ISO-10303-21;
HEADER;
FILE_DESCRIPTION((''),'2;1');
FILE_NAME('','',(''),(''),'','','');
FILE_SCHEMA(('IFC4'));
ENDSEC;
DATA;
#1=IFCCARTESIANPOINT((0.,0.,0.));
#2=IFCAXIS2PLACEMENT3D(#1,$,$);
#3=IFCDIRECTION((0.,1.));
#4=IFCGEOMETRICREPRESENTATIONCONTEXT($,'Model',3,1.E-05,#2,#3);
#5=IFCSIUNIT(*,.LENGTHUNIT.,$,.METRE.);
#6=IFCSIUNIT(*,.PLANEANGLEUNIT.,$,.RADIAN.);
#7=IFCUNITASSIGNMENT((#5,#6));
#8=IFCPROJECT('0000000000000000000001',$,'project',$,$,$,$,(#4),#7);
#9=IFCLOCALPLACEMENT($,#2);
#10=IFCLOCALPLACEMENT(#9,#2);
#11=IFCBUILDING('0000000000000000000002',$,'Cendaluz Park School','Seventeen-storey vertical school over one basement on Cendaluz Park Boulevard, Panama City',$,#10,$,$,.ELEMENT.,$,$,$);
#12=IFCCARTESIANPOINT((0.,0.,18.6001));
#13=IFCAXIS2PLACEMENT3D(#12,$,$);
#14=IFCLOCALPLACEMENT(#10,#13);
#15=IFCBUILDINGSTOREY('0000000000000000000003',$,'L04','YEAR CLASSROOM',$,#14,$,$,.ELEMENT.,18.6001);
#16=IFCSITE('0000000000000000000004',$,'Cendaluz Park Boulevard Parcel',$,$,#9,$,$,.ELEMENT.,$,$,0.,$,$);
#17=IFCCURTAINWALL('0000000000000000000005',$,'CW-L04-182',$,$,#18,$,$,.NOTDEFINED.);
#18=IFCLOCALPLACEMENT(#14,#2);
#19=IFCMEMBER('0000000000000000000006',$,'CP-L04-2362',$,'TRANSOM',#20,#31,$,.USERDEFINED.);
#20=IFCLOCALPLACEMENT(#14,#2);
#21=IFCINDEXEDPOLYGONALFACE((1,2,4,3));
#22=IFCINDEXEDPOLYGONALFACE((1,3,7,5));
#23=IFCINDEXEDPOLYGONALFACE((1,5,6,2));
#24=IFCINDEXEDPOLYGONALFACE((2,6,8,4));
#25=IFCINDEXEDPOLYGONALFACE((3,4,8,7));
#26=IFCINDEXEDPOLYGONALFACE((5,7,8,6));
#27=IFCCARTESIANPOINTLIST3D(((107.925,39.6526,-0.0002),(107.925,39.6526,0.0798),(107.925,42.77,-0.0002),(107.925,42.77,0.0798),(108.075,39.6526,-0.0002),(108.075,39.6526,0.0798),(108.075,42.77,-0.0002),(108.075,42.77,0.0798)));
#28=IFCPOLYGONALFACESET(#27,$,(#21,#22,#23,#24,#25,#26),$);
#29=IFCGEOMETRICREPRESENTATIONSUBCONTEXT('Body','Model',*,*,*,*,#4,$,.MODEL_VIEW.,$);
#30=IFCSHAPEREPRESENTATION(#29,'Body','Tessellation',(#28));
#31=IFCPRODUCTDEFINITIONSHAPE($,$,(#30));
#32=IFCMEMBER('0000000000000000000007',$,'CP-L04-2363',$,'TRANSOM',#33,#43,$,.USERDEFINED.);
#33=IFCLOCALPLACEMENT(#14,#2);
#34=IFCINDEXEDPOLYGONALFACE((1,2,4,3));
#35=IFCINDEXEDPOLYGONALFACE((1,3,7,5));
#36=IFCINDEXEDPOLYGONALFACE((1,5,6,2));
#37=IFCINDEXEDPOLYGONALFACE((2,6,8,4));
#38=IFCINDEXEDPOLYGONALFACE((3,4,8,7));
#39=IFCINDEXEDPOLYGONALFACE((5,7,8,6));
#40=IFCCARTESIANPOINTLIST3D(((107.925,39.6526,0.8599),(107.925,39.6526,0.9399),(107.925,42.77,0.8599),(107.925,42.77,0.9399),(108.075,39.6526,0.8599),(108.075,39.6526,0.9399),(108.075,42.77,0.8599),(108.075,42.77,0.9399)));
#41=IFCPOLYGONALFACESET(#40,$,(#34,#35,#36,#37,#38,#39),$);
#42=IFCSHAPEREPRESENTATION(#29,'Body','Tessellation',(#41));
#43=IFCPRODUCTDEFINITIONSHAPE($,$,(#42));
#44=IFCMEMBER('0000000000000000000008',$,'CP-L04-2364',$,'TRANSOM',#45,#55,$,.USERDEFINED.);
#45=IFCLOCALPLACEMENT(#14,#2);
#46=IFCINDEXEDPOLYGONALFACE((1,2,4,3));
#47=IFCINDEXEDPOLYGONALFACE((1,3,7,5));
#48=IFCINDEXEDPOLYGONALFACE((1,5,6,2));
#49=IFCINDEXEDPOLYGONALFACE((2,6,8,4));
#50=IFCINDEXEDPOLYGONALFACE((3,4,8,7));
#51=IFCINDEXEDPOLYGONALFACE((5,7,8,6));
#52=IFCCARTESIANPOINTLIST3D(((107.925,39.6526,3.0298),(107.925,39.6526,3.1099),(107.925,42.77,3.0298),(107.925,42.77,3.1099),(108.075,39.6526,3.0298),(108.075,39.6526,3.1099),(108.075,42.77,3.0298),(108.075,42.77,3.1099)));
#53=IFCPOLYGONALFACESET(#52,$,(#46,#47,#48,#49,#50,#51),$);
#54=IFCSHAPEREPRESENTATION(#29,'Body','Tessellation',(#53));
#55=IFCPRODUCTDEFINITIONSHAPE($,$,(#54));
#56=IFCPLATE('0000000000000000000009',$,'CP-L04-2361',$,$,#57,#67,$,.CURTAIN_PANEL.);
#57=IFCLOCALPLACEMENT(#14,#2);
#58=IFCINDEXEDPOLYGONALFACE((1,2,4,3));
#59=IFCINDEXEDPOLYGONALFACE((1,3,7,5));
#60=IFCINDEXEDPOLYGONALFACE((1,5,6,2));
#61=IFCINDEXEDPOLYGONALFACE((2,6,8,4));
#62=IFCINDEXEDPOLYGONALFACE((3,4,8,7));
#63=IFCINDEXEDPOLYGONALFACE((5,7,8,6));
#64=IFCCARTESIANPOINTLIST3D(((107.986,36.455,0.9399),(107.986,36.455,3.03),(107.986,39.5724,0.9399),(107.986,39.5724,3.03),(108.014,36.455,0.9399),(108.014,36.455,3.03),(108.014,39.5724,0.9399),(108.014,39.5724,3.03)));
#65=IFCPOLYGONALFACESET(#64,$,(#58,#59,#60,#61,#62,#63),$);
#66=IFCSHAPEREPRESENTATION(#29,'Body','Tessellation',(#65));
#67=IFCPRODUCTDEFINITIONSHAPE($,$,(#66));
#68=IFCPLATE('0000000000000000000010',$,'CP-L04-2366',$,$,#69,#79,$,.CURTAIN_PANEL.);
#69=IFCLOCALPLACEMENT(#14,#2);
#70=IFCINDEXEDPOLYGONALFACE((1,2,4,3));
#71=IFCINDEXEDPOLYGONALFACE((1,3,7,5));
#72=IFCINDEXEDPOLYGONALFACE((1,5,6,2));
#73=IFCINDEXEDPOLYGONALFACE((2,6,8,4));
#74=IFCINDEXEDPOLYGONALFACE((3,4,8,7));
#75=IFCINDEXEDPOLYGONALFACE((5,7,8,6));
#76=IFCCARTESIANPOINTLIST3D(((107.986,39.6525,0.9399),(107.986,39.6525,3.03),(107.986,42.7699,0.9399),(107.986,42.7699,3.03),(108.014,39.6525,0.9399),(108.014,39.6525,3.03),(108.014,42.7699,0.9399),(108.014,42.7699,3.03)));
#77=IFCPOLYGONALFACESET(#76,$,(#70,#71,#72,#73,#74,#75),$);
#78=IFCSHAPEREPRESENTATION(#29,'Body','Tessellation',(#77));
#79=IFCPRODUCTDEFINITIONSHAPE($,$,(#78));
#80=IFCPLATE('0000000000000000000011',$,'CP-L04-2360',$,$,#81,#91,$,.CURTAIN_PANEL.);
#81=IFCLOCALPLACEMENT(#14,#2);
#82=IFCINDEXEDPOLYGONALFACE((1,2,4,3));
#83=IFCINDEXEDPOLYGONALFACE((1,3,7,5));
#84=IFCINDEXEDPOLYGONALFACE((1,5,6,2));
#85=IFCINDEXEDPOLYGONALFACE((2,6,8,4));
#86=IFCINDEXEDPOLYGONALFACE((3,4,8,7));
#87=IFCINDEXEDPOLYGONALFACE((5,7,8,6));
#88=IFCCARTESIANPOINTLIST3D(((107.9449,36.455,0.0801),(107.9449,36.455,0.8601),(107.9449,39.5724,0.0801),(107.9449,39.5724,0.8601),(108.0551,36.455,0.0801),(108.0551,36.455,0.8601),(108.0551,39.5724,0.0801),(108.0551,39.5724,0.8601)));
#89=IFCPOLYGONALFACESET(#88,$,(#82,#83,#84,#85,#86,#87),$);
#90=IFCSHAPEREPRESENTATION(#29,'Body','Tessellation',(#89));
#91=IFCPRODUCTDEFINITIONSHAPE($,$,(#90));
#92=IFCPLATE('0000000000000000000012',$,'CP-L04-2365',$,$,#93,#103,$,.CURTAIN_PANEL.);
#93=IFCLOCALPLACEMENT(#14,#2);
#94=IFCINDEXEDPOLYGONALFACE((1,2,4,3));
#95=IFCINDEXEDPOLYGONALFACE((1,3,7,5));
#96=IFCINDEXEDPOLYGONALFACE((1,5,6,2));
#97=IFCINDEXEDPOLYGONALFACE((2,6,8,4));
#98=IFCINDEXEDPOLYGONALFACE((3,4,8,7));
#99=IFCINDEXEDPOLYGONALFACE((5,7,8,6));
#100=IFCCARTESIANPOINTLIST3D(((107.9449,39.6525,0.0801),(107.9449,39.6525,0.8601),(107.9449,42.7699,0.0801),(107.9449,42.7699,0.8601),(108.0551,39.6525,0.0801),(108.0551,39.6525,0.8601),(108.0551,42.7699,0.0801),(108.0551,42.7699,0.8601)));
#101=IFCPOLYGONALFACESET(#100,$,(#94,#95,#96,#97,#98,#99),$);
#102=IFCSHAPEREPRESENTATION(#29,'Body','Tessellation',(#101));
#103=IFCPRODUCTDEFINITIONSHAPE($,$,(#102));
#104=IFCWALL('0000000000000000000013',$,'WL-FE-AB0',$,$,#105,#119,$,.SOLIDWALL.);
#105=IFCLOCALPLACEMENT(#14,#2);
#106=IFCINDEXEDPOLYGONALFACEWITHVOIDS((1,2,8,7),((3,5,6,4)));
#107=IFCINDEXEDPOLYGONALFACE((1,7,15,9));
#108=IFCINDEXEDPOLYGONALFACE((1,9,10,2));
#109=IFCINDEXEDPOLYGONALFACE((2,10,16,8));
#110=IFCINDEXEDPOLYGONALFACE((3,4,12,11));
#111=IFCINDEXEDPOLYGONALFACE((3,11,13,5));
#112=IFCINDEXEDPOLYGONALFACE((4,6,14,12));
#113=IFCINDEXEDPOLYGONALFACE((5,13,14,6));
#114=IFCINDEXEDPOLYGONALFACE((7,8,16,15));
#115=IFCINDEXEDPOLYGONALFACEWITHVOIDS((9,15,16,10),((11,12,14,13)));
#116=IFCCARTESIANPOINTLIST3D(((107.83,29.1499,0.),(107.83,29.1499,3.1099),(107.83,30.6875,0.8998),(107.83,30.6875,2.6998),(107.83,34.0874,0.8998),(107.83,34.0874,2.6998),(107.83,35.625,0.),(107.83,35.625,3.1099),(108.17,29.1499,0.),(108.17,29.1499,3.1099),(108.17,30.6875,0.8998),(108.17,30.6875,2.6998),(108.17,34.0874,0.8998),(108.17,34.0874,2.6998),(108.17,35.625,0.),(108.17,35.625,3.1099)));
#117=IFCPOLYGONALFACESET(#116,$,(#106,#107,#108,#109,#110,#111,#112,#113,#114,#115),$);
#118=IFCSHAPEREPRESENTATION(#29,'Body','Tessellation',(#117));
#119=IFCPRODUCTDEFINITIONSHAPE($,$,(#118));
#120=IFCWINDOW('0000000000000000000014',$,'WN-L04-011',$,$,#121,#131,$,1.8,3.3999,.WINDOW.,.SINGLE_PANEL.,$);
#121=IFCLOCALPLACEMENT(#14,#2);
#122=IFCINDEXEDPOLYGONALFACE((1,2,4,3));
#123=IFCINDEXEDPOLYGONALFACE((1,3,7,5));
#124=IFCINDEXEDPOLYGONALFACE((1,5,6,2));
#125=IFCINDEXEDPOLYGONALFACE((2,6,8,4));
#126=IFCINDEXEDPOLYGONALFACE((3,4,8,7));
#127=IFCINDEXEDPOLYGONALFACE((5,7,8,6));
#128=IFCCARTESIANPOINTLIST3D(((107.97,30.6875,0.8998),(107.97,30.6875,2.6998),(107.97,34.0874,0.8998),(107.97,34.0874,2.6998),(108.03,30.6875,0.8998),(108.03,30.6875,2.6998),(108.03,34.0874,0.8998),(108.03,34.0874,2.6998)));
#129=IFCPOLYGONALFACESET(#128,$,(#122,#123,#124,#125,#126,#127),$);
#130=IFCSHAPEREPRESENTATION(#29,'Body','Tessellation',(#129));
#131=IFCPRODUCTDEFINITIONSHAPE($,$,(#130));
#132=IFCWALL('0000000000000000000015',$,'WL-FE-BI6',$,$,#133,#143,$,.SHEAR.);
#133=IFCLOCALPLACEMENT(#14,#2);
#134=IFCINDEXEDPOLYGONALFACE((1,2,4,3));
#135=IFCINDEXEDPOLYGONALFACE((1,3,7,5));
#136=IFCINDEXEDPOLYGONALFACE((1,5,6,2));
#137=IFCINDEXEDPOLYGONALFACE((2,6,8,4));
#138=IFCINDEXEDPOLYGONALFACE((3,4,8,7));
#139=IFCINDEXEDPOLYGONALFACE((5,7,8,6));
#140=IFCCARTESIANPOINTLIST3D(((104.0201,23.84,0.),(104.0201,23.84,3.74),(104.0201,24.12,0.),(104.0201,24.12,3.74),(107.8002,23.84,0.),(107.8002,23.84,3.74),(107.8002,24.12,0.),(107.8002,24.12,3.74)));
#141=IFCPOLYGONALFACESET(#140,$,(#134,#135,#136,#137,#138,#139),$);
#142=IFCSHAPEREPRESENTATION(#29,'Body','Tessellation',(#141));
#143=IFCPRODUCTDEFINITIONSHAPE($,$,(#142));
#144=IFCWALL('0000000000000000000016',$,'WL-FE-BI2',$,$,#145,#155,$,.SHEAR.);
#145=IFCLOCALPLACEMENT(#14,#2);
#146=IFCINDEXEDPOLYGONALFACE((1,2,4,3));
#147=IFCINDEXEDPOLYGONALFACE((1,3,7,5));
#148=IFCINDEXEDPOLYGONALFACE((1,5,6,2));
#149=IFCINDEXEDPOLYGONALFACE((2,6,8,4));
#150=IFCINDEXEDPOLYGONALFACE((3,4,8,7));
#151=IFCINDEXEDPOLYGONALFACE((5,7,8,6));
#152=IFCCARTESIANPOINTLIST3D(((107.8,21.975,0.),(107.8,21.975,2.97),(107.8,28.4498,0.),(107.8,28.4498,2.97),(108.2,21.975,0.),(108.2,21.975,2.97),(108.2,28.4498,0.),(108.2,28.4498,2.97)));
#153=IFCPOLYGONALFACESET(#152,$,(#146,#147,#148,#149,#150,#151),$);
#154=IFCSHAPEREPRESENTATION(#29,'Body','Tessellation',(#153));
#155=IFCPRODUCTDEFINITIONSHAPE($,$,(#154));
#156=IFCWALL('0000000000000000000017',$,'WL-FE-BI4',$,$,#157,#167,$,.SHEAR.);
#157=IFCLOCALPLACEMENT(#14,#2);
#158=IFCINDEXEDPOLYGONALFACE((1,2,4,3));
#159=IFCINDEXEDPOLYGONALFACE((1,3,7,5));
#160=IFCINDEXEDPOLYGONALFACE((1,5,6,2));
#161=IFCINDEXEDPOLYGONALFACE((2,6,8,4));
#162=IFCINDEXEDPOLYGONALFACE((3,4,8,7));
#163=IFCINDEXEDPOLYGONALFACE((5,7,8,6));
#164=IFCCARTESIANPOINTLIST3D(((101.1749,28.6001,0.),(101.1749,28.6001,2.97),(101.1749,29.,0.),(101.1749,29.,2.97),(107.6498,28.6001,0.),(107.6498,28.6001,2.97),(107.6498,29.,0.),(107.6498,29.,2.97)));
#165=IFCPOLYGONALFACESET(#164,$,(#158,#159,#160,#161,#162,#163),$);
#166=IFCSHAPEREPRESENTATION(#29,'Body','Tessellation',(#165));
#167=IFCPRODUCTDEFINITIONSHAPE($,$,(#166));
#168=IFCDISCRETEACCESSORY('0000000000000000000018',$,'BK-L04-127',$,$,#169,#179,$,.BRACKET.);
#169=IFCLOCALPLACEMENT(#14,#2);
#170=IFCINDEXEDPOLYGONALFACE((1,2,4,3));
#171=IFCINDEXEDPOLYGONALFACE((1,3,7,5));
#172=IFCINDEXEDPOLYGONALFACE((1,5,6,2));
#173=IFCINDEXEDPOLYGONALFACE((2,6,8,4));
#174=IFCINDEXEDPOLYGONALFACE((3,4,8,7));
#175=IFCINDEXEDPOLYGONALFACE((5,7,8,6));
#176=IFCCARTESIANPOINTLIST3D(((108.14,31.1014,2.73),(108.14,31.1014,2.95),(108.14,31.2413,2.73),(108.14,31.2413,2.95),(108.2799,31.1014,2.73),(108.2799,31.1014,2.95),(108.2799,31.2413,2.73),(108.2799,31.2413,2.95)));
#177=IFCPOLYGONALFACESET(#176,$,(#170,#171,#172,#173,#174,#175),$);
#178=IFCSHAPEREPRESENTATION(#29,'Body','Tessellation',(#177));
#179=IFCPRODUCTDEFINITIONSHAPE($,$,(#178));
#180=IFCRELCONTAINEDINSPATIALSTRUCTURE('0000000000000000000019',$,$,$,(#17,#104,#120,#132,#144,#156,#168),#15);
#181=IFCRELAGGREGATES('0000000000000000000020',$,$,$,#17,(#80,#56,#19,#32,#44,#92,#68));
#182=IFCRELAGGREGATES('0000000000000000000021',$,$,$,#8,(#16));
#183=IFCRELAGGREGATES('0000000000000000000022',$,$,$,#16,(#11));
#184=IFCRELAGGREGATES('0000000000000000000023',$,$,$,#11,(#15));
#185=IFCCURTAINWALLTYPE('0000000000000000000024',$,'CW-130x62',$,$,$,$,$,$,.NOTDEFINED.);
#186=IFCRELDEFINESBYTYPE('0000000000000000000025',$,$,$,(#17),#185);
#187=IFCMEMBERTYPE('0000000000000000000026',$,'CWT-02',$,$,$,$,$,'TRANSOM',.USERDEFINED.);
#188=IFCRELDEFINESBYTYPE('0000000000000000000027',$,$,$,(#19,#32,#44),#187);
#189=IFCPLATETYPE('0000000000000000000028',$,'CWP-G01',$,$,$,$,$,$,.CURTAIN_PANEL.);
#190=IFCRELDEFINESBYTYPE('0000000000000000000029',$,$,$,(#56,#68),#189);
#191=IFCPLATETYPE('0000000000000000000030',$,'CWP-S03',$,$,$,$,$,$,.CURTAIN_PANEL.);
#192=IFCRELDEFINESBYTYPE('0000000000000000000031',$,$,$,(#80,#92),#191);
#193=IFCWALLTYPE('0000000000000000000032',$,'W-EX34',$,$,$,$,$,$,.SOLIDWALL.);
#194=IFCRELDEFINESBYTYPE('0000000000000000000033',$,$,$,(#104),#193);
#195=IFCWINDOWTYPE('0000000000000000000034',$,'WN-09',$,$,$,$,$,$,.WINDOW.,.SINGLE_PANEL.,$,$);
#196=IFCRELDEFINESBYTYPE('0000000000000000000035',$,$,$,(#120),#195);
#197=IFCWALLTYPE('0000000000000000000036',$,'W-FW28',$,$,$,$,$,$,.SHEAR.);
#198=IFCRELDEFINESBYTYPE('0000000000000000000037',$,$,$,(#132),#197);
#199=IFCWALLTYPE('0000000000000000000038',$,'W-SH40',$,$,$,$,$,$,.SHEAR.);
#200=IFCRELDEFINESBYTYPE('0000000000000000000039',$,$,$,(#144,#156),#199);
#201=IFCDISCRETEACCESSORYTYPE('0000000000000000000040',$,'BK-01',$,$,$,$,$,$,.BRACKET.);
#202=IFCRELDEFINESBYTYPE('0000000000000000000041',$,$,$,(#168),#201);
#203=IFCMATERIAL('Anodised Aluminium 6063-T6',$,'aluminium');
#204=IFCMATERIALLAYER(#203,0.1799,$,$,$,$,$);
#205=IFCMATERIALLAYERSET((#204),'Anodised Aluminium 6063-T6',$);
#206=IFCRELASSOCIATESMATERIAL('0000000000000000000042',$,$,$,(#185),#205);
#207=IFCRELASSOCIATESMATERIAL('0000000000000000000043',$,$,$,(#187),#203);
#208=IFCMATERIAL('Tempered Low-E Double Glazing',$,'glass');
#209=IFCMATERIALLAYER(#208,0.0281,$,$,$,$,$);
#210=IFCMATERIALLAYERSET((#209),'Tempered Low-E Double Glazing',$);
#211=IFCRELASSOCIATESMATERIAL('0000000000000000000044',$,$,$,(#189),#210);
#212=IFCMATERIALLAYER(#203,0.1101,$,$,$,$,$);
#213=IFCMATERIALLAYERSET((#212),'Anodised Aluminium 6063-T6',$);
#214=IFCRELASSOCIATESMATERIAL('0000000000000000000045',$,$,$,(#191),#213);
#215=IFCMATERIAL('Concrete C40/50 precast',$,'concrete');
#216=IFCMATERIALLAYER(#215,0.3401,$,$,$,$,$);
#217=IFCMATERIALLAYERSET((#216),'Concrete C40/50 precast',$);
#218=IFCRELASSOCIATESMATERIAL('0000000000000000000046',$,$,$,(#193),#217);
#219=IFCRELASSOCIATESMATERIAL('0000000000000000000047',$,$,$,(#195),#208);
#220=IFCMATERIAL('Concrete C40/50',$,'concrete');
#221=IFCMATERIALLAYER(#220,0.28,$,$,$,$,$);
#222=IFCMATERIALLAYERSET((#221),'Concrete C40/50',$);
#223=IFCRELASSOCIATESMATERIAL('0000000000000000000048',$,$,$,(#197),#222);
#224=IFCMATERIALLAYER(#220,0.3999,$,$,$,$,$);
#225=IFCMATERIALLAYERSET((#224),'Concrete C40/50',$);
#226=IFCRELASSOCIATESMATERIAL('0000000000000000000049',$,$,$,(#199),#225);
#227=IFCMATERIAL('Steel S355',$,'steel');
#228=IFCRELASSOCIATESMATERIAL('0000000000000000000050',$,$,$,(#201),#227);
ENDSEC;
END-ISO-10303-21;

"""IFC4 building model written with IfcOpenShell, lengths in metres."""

from ifc_helpers import new_model, si_unit, direction, frame, frame_2d, origin, origin_2d, place, context, subcontext, project, spatial, rectangle, extrude, material, layer, layer_set, material_profile, profile_set, type_object, element, fill, aggregate, save


model = new_model("IFC4")

# Units and contexts
model_context = context("Model", 3, precision=1e-05, world=origin(), true_north=direction((0.0, 1.0)))
body_context = subcontext(model_context, "Body", "Model", "MODEL_VIEW")
ifc_project = project(units=[si_unit("LENGTHUNIT", "METRE"), si_unit("PLANEANGLEUNIT", "RADIAN")], contexts=[model_context])

# Site, building, storey
site_placement = place(None, origin())
site = spatial("IfcSite", under=ifc_project, at=site_placement, Name="Cendaluz Park Boulevard Parcel", CompositionType="ELEMENT", RefElevation=0.0)
building_placement = place(site_placement, origin())
building = spatial("IfcBuilding", under=site, at=building_placement, Name="Cendaluz Park School", Description="Seventeen-storey vertical school over one basement on Cendaluz Park Boulevard, Panama City", CompositionType="ELEMENT")
storey_placement = place(building_placement, frame((0.0, 0.0, 18.6001)))
storey = spatial("IfcBuildingStorey", under=building, at=storey_placement, Name="L04", Description="YEAR CLASSROOM", CompositionType="ELEMENT", Elevation=18.6001)

# Shared definitions
ifc_material_1 = material(Name="Concrete C40/50", Category="concrete")

# Curtain wall, members, plates
ifc_material_2 = material(Name="Anodised Aluminium 6063-T6", Category="aluminium")
ifc_layer_1 = layer(ifc_material_2, 0.1799)
ifc_layer_set_1 = layer_set([ifc_layer_1], Name="Anodised Aluminium 6063-T6")
curtain_wall_type = type_object("IfcCurtainWallType", Name="CW-130x62", PredefinedType="NOTDEFINED", material=ifc_layer_set_1)
curtain_wall_placement = place(storey_placement, origin())
curtain_wall = element("IfcCurtainWall", 1, at=curtain_wall_placement, inside=storey, type_object=curtain_wall_type, Name="CW-L04-182", PredefinedType="NOTDEFINED")
ifc_material_profile_1 = material_profile(ifc_material_2, rectangle(XDim=0.1499, YDim=0.0801, at=origin_2d()), Name="CWT 150x80", Category="aluminium")
ifc_profile_set_1 = profile_set([ifc_material_profile_1], Name="Anodised Aluminium 6063-T6")
member_type_1 = type_object("IfcMemberType", Name="CWT-02", ElementType="TRANSOM", PredefinedType="USERDEFINED", material=ifc_profile_set_1)
member_1_placement = place(storey_placement, frame((108.0, 39.6526, 0.0398), z_axis=(0.0, 1.0, 0.0), x_axis=(-1.0, 0.0, 0.0)))
member_1 = element("IfcMember", 2, at=member_1_placement, type_object=member_type_1, Name="CP-L04-2362", ObjectType="TRANSOM", PredefinedType="USERDEFINED", context=body_context, shape_type="SweptSolid", body=[
    extrude(rectangle(XDim=0.1499, YDim=0.0801, at=origin_2d()), origin(), (0.0, 0.0, 1.0), 3.1174),
])
member_2_placement = place(storey_placement, frame((108.0, 39.6526, 0.8999), z_axis=(0.0, 1.0, 0.0), x_axis=(-1.0, 0.0, 0.0)))
member_2 = element("IfcMember", 3, at=member_2_placement, type_object=member_type_1, Name="CP-L04-2363", ObjectType="TRANSOM", PredefinedType="USERDEFINED", context=body_context, shape_type="SweptSolid", body=[
    extrude(rectangle(XDim=0.1499, YDim=0.0801, at=origin_2d()), origin(), (0.0, 0.0, 1.0), 3.1174),
])
member_3_placement = place(storey_placement, frame((108.0, 39.6526, 3.0698), z_axis=(0.0, 1.0, 0.0), x_axis=(-1.0, 0.0, 0.0)))
member_3 = element("IfcMember", 4, at=member_3_placement, type_object=member_type_1, Name="CP-L04-2364", ObjectType="TRANSOM", PredefinedType="USERDEFINED", context=body_context, shape_type="SweptSolid", body=[
    extrude(rectangle(XDim=0.1499, YDim=0.0801, at=origin_2d()), origin(), (0.0, 0.0, 1.0), 3.1174),
])
ifc_material_3 = material(Name="Tempered Low-E Double Glazing", Category="glass")
ifc_layer_2 = layer(ifc_material_3, 0.0281)
ifc_layer_set_2 = layer_set([ifc_layer_2], Name="Tempered Low-E Double Glazing")
plate_type_1 = type_object("IfcPlateType", Name="CWP-G01", PredefinedType="CURTAIN_PANEL", material=ifc_layer_set_2)
plate_1_placement = place(storey_placement, frame((108.0, 38.0137, 0.9399), z_axis=(0.0, 0.0, 1.0), x_axis=(0.0, 1.0, 0.0)))
plate_1 = element("IfcPlate", 5, at=plate_1_placement, type_object=plate_type_1, Name="CP-L04-2361", PredefinedType="CURTAIN_PANEL", context=body_context, shape_type="SweptSolid", body=[
    extrude(rectangle(XDim=3.1174, YDim=0.0281, at=origin_2d()), origin(), (0.0, 0.0, 1.0), 2.0901),
])
plate_2_placement = place(storey_placement, frame((108.0, 41.2112, 0.9399), z_axis=(0.0, 0.0, 1.0), x_axis=(0.0, 1.0, 0.0)))
plate_2 = element("IfcPlate", 6, at=plate_2_placement, type_object=plate_type_1, Name="CP-L04-2366", PredefinedType="CURTAIN_PANEL", context=body_context, shape_type="SweptSolid", body=[
    extrude(rectangle(XDim=3.1174, YDim=0.0281, at=origin_2d()), origin(), (0.0, 0.0, 1.0), 2.0901),
])
ifc_layer_3 = layer(ifc_material_2, 0.1101)
ifc_layer_set_3 = layer_set([ifc_layer_3], Name="Anodised Aluminium 6063-T6")
plate_type_2 = type_object("IfcPlateType", Name="CWP-S03", PredefinedType="CURTAIN_PANEL", material=ifc_layer_set_3)
plate_3_placement = place(storey_placement, frame((108.0, 38.0137, 0.0801), z_axis=(0.0, 0.0, 1.0), x_axis=(0.0, 1.0, 0.0)))
plate_3 = element("IfcPlate", 7, at=plate_3_placement, type_object=plate_type_2, Name="CP-L04-2360", PredefinedType="CURTAIN_PANEL", context=body_context, shape_type="SweptSolid", body=[
    extrude(rectangle(XDim=3.1174, YDim=0.1101, at=origin_2d()), origin(), (0.0, 0.0, 1.0), 0.78),
])
plate_4_placement = place(storey_placement, frame((108.0, 41.2112, 0.0801), z_axis=(0.0, 0.0, 1.0), x_axis=(0.0, 1.0, 0.0)))
plate_4 = element("IfcPlate", 8, at=plate_4_placement, type_object=plate_type_2, Name="CP-L04-2365", PredefinedType="CURTAIN_PANEL", context=body_context, shape_type="SweptSolid", body=[
    extrude(rectangle(XDim=3.1174, YDim=0.1101, at=origin_2d()), origin(), (0.0, 0.0, 1.0), 0.78),
])
aggregate(curtain_wall, [plate_3, plate_1, member_1, member_2, member_3, plate_4, plate_2])

# Wall, opening, window
ifc_material_4 = material(Name="Concrete C40/50 precast", Category="concrete")
ifc_layer_4 = layer(ifc_material_4, 0.3401)
ifc_layer_set_4 = layer_set([ifc_layer_4], Name="Concrete C40/50 precast")
wall_type_1 = type_object("IfcWallType", Name="W-EX34", PredefinedType="SOLIDWALL", material=ifc_layer_set_4)
wall_1_placement = place(storey_placement, frame((108.0, 29.1499, 0.0), z_axis=(0.0, 0.0, 1.0), x_axis=(0.0, 1.0, 0.0)))
wall_1 = element("IfcWall", 9, at=wall_1_placement, inside=storey, type_object=wall_type_1, Name="WL-FE-AB0", PredefinedType="SOLIDWALL", context=body_context, shape_type="SweptSolid", body=[
    extrude(rectangle(XDim=6.4751, YDim=0.3401, at=frame_2d((3.2375, 0.0))), origin(), (0.0, 0.0, 1.0), 3.1099),
])
opening_placement = place(wall_1_placement, frame((1.5376, 0.0, 0.8999)))
opening = element("IfcOpeningElement", 10, at=opening_placement, cuts=wall_1, PredefinedType="OPENING", context=body_context, shape_type="SweptSolid", body=[
    extrude(rectangle(XDim=3.3999, YDim=1.8, at=frame_2d((1.7, 0.8999))), frame((0.0, 0.1821, 0.0), z_axis=(0.0, -1.0, 0.0), x_axis=(1.0, 0.0, 0.0)), (0.0, 0.0, 1.0), 0.364),
])
window_type = type_object("IfcWindowType", Name="WN-09", PartitioningType="SINGLE_PANEL", PredefinedType="WINDOW", material=ifc_material_3)
window_placement = place(opening_placement, origin())
window = element("IfcWindow", 11, at=window_placement, inside=storey, type_object=window_type, Name="WN-L04-011", OverallHeight=1.8, OverallWidth=3.3999, PartitioningType="SINGLE_PANEL", PredefinedType="WINDOW", context=body_context, shape_type="SweptSolid", body=[
    extrude(rectangle(XDim=3.3999, YDim=1.8, at=frame_2d((1.7, 0.8999))), frame((0.0, 0.03, 0.0), z_axis=(0.0, -1.0, 0.0), x_axis=(1.0, 0.0, 0.0)), (0.0, 0.0, 1.0), 0.0601),
])
fill(opening, window)

# Walls
ifc_layer_5 = layer(ifc_material_1, 0.28)
ifc_layer_set_5 = layer_set([ifc_layer_5], Name="Concrete C40/50")
wall_type_2 = type_object("IfcWallType", Name="W-FW28", PredefinedType="SHEAR", material=ifc_layer_set_5)
wall_2_placement = place(storey_placement, frame((104.02, 23.98, 0.0), z_axis=(0.0, 0.0, 1.0), x_axis=(1.0, 0.0, 0.0)))
element("IfcWall", 12, at=wall_2_placement, inside=storey, type_object=wall_type_2, Name="WL-FE-BI6", PredefinedType="SHEAR", context=body_context, shape_type="SweptSolid", body=[
    extrude(rectangle(XDim=3.78, YDim=0.28, at=frame_2d((1.8901, 0.0))), origin(), (0.0, 0.0, 1.0), 3.74),
])
ifc_layer_6 = layer(ifc_material_1, 0.3999)
ifc_layer_set_6 = layer_set([ifc_layer_6], Name="Concrete C40/50")
wall_type_3 = type_object("IfcWallType", Name="W-SH40", PredefinedType="SHEAR", material=ifc_layer_set_6)
for number, where, z_axis, x_axis, name in (
    (13, (108.0, 21.9751, 0.0), (0.0, 0.0, 1.0), (0.0, 1.0, 0.0), "WL-FE-BI2"),
    (14, (101.175, 28.8, 0.0), (0.0, 0.0, 1.0), (1.0, 0.0, 0.0), "WL-FE-BI4"),
):
    element("IfcWall", number, at=place(storey_placement, frame(where, z_axis=z_axis, x_axis=x_axis)), inside=storey, type_object=wall_type_3, Name=name, PredefinedType="SHEAR", context=body_context, shape_type="SweptSolid", body=[
        extrude(rectangle(XDim=6.4749, YDim=0.3999, at=frame_2d((3.2373, 0.0))), origin(), (0.0, 0.0, 1.0), 2.97),
    ])

# Discrete accessory
ifc_material_5 = material(Name="Steel S355", Category="steel")
discrete_accessory_type = type_object("IfcDiscreteAccessoryType", Name="BK-01", PredefinedType="BRACKET", material=ifc_material_5)
for number, where, z_axis, x_axis, name in (
    (15, (108.21, 31.1714, 2.73), (0.0, 0.0, 1.0), (0.0, 1.0, 0.0), "BK-L04-127"),
):
    element("IfcDiscreteAccessory", number, at=place(storey_placement, frame(where, z_axis=z_axis, x_axis=x_axis)), inside=storey, type_object=discrete_accessory_type, Name=name, PredefinedType="BRACKET", context=body_context, shape_type="SweptSolid", body=[
        extrude(rectangle(XDim=0.1399, YDim=0.1399, at=origin_2d()), origin(), (0.0, 0.0, 1.0), 0.22),
    ])

save(model, "model.ifc")
